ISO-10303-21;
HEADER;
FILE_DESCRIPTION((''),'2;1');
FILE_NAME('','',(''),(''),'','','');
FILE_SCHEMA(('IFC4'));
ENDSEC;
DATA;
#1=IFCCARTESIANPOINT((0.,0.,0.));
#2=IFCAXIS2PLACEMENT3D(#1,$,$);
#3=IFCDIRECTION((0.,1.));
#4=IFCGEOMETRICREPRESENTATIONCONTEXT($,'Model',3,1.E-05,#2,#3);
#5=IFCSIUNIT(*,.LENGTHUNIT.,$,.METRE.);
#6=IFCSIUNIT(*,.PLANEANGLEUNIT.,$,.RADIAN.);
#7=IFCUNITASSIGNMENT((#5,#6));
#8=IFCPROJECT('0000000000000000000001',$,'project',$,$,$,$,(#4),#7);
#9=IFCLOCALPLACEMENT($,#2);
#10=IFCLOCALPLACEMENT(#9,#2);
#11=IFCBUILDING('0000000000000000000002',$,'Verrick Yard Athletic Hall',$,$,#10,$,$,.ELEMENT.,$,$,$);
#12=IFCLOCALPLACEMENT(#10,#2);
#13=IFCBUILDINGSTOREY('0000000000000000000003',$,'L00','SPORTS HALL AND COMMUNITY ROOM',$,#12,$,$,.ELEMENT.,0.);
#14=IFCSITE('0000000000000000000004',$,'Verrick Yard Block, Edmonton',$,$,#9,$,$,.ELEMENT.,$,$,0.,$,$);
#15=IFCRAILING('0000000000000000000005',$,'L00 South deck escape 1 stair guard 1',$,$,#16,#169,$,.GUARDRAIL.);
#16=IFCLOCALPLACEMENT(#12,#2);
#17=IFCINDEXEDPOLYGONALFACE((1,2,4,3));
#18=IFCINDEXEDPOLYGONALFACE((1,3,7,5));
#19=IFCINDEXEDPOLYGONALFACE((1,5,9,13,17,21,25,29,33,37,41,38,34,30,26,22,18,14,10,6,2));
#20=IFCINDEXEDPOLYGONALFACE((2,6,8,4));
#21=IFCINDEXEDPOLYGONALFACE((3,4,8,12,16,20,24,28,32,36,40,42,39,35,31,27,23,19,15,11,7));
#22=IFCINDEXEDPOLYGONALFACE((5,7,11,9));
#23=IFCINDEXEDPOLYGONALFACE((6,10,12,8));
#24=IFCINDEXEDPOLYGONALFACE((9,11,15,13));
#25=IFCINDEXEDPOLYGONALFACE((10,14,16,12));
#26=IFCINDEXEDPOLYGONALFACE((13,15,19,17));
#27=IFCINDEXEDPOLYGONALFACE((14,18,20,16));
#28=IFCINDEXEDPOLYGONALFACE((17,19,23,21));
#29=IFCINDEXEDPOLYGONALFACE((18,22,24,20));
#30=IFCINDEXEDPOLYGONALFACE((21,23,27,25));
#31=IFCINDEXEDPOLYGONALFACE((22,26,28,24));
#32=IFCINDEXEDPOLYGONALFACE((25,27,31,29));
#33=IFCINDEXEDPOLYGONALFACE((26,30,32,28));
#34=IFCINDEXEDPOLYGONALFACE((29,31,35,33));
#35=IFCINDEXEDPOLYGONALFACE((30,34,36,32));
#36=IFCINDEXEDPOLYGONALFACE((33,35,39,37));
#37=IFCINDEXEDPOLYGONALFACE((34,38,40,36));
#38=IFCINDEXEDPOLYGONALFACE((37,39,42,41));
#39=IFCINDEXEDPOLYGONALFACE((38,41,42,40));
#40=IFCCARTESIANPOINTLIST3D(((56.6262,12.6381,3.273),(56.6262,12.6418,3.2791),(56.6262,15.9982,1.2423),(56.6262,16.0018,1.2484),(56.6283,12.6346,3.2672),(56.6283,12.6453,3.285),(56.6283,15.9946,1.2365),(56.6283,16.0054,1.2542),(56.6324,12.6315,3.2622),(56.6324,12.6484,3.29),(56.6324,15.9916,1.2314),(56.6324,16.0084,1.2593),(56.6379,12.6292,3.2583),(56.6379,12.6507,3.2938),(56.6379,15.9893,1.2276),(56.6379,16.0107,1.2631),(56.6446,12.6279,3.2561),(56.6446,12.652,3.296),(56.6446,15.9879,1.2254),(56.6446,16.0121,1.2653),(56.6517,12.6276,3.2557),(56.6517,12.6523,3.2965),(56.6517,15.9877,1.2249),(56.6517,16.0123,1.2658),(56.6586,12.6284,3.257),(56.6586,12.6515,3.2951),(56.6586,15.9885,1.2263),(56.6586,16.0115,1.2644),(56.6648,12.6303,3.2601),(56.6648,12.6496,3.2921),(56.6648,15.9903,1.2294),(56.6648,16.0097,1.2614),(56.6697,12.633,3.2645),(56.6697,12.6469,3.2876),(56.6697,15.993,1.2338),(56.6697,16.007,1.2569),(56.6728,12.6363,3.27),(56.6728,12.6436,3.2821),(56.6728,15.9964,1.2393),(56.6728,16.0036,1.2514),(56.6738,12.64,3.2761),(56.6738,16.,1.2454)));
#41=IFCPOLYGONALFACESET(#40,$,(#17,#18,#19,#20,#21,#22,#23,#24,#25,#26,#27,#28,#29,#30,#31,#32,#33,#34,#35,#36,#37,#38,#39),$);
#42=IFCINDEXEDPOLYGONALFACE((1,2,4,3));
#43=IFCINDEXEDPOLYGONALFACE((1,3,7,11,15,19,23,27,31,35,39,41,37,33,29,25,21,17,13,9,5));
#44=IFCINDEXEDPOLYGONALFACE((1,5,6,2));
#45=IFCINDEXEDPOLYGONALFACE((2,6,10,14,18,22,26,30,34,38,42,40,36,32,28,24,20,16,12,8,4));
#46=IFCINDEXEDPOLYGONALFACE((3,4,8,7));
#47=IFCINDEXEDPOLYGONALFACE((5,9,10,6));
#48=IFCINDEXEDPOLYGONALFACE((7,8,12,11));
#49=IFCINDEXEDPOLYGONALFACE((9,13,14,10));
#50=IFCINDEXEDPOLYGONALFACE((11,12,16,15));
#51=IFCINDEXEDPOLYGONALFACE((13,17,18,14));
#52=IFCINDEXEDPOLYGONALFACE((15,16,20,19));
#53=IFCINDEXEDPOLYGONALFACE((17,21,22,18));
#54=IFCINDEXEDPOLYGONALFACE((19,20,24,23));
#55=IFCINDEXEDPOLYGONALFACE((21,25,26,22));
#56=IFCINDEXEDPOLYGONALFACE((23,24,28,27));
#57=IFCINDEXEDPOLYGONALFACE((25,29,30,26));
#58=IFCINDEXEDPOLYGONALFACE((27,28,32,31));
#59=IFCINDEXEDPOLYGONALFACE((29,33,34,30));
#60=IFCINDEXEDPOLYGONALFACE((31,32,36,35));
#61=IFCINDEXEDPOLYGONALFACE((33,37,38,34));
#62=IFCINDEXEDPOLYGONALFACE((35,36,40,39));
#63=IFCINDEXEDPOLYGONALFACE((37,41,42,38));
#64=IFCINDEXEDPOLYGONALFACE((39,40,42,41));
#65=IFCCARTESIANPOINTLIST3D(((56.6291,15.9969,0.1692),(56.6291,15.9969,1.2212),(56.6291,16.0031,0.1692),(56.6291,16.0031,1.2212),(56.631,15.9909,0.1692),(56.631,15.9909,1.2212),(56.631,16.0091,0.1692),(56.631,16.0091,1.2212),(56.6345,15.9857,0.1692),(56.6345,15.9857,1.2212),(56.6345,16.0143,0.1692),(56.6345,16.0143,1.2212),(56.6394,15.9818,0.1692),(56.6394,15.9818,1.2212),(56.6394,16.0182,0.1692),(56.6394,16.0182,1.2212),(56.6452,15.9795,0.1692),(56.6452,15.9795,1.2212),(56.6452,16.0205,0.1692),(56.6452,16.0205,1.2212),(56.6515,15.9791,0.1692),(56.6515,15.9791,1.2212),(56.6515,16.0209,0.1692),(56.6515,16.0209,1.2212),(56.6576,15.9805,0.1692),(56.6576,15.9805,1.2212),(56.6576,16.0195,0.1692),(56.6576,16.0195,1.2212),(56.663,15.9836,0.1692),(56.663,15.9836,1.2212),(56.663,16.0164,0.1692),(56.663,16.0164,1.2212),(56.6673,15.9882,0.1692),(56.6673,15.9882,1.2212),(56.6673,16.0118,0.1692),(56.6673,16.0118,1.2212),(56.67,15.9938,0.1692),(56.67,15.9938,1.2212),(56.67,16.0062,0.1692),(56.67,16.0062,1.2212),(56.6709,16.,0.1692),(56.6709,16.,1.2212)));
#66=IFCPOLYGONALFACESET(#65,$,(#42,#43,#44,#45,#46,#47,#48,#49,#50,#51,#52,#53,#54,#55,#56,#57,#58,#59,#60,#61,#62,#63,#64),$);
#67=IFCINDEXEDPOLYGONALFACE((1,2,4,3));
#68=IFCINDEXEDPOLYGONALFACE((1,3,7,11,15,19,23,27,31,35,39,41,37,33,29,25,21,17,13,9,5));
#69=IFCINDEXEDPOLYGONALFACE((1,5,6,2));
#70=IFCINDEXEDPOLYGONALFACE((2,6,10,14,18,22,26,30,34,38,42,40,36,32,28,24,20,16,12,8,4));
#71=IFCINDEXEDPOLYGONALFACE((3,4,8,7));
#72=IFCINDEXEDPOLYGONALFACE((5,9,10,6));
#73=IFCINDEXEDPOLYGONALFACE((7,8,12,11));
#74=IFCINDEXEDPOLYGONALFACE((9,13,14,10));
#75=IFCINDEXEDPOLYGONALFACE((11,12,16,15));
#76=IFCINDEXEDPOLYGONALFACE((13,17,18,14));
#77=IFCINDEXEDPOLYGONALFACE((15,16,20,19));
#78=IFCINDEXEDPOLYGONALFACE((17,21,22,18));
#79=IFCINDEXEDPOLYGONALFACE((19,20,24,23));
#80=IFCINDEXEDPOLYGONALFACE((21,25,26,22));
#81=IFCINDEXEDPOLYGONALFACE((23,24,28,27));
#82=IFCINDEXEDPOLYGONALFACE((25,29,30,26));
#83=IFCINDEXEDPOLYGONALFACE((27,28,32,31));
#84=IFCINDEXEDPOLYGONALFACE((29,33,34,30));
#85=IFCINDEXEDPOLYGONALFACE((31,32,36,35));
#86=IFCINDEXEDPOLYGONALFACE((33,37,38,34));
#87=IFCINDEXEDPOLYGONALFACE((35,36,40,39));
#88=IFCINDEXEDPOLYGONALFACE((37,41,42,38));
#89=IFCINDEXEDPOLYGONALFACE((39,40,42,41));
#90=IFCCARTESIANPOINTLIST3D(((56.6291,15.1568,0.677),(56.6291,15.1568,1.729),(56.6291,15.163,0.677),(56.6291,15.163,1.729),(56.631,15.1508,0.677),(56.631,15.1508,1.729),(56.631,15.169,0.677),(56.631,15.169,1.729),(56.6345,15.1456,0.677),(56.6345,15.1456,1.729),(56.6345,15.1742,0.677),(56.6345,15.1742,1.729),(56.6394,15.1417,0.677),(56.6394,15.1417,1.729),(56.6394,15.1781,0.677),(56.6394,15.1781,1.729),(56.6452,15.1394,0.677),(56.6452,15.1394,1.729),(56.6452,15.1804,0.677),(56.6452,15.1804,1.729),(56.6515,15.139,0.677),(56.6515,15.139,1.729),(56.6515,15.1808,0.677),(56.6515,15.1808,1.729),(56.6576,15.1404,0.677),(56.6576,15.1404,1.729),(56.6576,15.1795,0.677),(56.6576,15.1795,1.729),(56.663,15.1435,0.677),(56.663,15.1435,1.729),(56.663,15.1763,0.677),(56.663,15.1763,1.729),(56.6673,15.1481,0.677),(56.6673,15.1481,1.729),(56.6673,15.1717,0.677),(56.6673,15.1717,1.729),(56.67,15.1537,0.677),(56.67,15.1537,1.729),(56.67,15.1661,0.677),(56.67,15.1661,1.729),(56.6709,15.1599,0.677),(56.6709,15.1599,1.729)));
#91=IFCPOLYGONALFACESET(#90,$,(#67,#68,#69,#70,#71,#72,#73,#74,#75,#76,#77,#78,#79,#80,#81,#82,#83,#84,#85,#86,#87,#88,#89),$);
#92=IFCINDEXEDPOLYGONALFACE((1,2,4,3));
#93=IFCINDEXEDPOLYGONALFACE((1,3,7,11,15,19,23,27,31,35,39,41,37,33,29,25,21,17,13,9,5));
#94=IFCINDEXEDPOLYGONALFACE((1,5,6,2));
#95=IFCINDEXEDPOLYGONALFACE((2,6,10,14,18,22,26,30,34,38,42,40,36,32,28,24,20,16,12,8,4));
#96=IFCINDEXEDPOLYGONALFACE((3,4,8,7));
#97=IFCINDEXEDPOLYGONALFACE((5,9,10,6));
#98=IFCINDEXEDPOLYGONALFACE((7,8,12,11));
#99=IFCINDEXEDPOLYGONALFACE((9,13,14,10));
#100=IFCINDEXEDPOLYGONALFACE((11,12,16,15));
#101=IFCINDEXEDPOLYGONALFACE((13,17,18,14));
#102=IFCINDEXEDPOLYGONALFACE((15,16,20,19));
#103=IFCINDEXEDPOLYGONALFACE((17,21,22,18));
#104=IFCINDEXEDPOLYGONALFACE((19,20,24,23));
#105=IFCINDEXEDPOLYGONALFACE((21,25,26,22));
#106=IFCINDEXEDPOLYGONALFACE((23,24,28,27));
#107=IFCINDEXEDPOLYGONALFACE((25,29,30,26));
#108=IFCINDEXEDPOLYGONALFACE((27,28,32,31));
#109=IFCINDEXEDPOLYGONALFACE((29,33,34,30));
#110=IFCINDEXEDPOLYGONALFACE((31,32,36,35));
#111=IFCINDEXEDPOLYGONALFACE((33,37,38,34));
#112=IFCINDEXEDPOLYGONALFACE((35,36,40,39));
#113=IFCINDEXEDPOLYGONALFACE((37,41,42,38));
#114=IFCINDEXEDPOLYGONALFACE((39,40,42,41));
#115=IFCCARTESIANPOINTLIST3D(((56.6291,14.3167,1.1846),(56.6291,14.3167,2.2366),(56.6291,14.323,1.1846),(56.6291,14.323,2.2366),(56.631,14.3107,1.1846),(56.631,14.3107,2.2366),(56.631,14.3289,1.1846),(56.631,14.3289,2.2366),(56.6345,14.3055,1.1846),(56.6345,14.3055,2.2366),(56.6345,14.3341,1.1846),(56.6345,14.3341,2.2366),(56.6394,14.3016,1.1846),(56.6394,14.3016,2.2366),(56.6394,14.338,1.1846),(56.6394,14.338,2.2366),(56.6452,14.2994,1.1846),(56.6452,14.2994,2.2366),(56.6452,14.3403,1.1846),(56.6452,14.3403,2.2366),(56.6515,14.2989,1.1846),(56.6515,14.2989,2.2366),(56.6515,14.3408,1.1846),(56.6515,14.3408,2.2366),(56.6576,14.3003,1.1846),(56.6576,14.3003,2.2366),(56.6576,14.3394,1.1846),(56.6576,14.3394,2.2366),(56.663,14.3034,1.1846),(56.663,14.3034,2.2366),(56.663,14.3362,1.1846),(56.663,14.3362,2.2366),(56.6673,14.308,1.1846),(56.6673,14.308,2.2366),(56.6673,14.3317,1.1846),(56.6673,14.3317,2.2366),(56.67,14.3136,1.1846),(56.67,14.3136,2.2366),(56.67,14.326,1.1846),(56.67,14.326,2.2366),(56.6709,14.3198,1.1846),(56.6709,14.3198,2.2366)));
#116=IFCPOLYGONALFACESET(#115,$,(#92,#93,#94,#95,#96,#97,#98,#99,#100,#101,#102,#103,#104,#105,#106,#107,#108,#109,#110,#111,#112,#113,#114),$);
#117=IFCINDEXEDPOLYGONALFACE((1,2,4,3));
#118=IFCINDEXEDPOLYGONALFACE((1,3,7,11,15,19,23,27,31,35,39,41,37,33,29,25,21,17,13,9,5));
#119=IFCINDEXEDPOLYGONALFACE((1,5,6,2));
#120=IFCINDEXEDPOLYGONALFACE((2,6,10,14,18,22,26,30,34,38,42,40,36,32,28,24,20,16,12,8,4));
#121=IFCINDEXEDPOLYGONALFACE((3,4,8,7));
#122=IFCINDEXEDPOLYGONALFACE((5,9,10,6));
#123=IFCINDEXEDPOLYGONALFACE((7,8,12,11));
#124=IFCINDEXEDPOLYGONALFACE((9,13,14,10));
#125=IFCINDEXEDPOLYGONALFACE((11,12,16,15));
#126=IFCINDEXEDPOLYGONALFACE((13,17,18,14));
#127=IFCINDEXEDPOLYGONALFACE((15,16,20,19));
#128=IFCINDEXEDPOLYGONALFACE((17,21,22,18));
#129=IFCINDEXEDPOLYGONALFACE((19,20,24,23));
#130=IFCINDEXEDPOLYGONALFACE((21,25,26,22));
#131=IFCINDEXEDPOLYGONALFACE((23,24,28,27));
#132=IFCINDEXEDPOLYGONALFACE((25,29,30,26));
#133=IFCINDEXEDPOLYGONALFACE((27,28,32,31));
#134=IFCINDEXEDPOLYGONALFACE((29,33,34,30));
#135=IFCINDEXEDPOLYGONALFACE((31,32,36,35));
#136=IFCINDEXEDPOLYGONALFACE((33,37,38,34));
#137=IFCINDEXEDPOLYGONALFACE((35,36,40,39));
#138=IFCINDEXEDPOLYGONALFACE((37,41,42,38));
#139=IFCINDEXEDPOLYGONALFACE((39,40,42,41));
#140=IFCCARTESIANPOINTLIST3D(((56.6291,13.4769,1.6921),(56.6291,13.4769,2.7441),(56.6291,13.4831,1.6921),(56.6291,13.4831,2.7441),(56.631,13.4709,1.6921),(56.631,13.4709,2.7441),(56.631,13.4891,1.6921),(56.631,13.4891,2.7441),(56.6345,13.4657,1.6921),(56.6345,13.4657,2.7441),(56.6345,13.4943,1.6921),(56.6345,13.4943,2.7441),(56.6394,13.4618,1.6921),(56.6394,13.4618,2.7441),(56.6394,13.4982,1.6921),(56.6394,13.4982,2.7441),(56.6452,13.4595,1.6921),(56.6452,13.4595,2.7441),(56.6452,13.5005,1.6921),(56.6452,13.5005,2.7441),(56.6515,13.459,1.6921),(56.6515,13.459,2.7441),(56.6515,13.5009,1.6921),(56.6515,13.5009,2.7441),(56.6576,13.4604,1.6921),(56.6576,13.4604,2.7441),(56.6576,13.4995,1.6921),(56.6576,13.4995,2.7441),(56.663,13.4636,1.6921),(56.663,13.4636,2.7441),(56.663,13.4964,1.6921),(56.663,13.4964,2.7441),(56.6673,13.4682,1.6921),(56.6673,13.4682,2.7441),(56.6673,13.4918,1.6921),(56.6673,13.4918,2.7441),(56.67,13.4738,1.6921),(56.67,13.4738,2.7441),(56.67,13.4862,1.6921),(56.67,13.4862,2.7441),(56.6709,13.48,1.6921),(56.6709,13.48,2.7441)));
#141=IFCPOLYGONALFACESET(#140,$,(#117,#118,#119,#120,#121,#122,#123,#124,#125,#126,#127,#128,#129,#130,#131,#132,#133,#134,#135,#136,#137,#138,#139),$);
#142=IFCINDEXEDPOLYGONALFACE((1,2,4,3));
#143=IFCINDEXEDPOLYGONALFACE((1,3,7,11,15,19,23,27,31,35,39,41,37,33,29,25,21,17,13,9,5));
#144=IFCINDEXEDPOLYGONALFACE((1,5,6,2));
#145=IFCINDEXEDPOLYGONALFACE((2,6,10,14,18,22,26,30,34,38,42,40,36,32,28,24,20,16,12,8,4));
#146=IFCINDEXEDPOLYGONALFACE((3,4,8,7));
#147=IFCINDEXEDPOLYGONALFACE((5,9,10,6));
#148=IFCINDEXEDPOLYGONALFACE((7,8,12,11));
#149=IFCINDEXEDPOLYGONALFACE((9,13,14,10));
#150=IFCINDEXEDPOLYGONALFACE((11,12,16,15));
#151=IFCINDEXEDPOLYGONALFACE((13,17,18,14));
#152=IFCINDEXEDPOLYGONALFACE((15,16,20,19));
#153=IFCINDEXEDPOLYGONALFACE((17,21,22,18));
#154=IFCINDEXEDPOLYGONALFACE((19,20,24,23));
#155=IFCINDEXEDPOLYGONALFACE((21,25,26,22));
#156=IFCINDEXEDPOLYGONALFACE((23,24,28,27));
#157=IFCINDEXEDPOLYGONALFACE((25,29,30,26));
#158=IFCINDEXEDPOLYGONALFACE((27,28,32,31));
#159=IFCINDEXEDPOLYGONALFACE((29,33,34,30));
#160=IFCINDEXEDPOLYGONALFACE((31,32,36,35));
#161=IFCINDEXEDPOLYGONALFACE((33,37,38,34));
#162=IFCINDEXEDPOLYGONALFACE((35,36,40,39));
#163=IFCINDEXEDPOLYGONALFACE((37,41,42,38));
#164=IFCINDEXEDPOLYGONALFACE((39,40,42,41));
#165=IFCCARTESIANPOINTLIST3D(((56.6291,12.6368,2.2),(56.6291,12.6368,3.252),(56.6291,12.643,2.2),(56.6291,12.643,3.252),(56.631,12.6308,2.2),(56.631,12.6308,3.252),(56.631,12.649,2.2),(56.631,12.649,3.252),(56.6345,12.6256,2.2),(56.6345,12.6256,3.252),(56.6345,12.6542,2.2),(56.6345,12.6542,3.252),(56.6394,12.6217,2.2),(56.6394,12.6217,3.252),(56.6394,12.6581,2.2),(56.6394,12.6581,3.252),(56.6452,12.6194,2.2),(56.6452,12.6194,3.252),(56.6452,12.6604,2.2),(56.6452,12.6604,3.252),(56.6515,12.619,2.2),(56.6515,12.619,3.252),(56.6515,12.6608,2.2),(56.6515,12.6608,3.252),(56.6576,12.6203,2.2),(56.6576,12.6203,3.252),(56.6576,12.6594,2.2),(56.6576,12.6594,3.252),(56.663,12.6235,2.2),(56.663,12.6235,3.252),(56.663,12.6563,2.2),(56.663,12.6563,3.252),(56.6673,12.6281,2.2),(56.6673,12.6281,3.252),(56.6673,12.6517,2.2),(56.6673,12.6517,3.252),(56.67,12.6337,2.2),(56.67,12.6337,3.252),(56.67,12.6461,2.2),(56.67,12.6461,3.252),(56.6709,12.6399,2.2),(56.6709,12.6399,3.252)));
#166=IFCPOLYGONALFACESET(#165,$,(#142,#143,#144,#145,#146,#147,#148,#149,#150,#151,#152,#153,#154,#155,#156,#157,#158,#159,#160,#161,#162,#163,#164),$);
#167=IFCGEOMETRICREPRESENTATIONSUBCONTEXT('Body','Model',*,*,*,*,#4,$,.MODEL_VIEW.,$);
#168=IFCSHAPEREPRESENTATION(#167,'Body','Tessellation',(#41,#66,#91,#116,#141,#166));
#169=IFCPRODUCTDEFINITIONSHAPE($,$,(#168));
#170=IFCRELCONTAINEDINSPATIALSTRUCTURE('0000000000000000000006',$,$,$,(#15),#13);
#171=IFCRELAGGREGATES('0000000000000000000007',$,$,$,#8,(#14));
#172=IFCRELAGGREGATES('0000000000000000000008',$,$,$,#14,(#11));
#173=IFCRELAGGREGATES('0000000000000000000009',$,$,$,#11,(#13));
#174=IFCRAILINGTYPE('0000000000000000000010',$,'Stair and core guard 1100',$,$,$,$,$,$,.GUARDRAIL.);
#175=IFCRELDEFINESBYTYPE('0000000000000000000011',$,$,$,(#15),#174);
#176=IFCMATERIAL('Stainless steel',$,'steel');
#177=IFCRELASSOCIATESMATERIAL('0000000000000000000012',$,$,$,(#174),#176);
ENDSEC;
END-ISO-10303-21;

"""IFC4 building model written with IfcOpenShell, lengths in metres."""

from ifc_helpers import new_model, si_unit, direction, frame, origin, origin_2d, place, context, subcontext, project, spatial, circle, extrude, material, type_object, element, save


model = new_model("IFC4")

# Units and contexts
model_context = context("Model", 3, precision=1e-05, world=origin(), true_north=direction((0.0, 1.0)))
body_context = subcontext(model_context, "Body", "Model", "MODEL_VIEW")
ifc_project = project(units=[si_unit("LENGTHUNIT", "METRE"), si_unit("PLANEANGLEUNIT", "RADIAN")], contexts=[model_context])

# Site, building, storey
site_placement = place(None, origin())
site = spatial("IfcSite", under=ifc_project, at=site_placement, Name="Verrick Yard Block, Edmonton", CompositionType="ELEMENT", RefElevation=0.0)
building_placement = place(site_placement, origin())
building = spatial("IfcBuilding", under=site, at=building_placement, Name="Verrick Yard Athletic Hall", CompositionType="ELEMENT")
storey_placement = place(building_placement, origin())
storey = spatial("IfcBuildingStorey", under=building, at=storey_placement, Name="L00", Description="SPORTS HALL AND COMMUNITY ROOM", CompositionType="ELEMENT", Elevation=0.0)

# Railing
ifc_material_1 = material(Name="Stainless steel", Category="steel")
railing_type_1 = type_object("IfcRailingType", Name="Stair and core guard 1100", PredefinedType="GUARDRAIL", material=ifc_material_1)
railing_1_placement = place(storey_placement, frame((56.6499, 16.0, 0.1692)))
element("IfcRailing", 1, at=railing_1_placement, inside=storey, type_object=railing_type_1, Name="L00 South deck escape 1 stair guard 1", PredefinedType="GUARDRAIL", context=body_context, shape_type="SweptSolid", body=[
    extrude(circle(Radius=0.0239, at=origin_2d()), frame((0.0, 0.0, 1.0762), z_axis=(0.0, -0.855837, 0.517246), x_axis=(1.0, 0.0, 0.0)), (0.0, 0.0, 1.0), 3.926),
    extrude(circle(Radius=0.021, at=origin_2d()), origin(), (0.0, 0.0, 1.0), 1.052),
    extrude(circle(Radius=0.021, at=origin_2d()), frame((0.0, -0.8401, 0.5078)), (0.0, 0.0, 1.0), 1.052),
    extrude(circle(Radius=0.021, at=origin_2d()), frame((0.0, -1.6802, 1.0154)), (0.0, 0.0, 1.0), 1.052),
    extrude(circle(Radius=0.021, at=origin_2d()), frame((0.0, -2.52, 1.5229)), (0.0, 0.0, 1.0), 1.052),
    extrude(circle(Radius=0.021, at=origin_2d()), frame((0.0, -3.3601, 2.0308)), (0.0, 0.0, 1.0), 1.052),
])

save(model, "model.ifc")
